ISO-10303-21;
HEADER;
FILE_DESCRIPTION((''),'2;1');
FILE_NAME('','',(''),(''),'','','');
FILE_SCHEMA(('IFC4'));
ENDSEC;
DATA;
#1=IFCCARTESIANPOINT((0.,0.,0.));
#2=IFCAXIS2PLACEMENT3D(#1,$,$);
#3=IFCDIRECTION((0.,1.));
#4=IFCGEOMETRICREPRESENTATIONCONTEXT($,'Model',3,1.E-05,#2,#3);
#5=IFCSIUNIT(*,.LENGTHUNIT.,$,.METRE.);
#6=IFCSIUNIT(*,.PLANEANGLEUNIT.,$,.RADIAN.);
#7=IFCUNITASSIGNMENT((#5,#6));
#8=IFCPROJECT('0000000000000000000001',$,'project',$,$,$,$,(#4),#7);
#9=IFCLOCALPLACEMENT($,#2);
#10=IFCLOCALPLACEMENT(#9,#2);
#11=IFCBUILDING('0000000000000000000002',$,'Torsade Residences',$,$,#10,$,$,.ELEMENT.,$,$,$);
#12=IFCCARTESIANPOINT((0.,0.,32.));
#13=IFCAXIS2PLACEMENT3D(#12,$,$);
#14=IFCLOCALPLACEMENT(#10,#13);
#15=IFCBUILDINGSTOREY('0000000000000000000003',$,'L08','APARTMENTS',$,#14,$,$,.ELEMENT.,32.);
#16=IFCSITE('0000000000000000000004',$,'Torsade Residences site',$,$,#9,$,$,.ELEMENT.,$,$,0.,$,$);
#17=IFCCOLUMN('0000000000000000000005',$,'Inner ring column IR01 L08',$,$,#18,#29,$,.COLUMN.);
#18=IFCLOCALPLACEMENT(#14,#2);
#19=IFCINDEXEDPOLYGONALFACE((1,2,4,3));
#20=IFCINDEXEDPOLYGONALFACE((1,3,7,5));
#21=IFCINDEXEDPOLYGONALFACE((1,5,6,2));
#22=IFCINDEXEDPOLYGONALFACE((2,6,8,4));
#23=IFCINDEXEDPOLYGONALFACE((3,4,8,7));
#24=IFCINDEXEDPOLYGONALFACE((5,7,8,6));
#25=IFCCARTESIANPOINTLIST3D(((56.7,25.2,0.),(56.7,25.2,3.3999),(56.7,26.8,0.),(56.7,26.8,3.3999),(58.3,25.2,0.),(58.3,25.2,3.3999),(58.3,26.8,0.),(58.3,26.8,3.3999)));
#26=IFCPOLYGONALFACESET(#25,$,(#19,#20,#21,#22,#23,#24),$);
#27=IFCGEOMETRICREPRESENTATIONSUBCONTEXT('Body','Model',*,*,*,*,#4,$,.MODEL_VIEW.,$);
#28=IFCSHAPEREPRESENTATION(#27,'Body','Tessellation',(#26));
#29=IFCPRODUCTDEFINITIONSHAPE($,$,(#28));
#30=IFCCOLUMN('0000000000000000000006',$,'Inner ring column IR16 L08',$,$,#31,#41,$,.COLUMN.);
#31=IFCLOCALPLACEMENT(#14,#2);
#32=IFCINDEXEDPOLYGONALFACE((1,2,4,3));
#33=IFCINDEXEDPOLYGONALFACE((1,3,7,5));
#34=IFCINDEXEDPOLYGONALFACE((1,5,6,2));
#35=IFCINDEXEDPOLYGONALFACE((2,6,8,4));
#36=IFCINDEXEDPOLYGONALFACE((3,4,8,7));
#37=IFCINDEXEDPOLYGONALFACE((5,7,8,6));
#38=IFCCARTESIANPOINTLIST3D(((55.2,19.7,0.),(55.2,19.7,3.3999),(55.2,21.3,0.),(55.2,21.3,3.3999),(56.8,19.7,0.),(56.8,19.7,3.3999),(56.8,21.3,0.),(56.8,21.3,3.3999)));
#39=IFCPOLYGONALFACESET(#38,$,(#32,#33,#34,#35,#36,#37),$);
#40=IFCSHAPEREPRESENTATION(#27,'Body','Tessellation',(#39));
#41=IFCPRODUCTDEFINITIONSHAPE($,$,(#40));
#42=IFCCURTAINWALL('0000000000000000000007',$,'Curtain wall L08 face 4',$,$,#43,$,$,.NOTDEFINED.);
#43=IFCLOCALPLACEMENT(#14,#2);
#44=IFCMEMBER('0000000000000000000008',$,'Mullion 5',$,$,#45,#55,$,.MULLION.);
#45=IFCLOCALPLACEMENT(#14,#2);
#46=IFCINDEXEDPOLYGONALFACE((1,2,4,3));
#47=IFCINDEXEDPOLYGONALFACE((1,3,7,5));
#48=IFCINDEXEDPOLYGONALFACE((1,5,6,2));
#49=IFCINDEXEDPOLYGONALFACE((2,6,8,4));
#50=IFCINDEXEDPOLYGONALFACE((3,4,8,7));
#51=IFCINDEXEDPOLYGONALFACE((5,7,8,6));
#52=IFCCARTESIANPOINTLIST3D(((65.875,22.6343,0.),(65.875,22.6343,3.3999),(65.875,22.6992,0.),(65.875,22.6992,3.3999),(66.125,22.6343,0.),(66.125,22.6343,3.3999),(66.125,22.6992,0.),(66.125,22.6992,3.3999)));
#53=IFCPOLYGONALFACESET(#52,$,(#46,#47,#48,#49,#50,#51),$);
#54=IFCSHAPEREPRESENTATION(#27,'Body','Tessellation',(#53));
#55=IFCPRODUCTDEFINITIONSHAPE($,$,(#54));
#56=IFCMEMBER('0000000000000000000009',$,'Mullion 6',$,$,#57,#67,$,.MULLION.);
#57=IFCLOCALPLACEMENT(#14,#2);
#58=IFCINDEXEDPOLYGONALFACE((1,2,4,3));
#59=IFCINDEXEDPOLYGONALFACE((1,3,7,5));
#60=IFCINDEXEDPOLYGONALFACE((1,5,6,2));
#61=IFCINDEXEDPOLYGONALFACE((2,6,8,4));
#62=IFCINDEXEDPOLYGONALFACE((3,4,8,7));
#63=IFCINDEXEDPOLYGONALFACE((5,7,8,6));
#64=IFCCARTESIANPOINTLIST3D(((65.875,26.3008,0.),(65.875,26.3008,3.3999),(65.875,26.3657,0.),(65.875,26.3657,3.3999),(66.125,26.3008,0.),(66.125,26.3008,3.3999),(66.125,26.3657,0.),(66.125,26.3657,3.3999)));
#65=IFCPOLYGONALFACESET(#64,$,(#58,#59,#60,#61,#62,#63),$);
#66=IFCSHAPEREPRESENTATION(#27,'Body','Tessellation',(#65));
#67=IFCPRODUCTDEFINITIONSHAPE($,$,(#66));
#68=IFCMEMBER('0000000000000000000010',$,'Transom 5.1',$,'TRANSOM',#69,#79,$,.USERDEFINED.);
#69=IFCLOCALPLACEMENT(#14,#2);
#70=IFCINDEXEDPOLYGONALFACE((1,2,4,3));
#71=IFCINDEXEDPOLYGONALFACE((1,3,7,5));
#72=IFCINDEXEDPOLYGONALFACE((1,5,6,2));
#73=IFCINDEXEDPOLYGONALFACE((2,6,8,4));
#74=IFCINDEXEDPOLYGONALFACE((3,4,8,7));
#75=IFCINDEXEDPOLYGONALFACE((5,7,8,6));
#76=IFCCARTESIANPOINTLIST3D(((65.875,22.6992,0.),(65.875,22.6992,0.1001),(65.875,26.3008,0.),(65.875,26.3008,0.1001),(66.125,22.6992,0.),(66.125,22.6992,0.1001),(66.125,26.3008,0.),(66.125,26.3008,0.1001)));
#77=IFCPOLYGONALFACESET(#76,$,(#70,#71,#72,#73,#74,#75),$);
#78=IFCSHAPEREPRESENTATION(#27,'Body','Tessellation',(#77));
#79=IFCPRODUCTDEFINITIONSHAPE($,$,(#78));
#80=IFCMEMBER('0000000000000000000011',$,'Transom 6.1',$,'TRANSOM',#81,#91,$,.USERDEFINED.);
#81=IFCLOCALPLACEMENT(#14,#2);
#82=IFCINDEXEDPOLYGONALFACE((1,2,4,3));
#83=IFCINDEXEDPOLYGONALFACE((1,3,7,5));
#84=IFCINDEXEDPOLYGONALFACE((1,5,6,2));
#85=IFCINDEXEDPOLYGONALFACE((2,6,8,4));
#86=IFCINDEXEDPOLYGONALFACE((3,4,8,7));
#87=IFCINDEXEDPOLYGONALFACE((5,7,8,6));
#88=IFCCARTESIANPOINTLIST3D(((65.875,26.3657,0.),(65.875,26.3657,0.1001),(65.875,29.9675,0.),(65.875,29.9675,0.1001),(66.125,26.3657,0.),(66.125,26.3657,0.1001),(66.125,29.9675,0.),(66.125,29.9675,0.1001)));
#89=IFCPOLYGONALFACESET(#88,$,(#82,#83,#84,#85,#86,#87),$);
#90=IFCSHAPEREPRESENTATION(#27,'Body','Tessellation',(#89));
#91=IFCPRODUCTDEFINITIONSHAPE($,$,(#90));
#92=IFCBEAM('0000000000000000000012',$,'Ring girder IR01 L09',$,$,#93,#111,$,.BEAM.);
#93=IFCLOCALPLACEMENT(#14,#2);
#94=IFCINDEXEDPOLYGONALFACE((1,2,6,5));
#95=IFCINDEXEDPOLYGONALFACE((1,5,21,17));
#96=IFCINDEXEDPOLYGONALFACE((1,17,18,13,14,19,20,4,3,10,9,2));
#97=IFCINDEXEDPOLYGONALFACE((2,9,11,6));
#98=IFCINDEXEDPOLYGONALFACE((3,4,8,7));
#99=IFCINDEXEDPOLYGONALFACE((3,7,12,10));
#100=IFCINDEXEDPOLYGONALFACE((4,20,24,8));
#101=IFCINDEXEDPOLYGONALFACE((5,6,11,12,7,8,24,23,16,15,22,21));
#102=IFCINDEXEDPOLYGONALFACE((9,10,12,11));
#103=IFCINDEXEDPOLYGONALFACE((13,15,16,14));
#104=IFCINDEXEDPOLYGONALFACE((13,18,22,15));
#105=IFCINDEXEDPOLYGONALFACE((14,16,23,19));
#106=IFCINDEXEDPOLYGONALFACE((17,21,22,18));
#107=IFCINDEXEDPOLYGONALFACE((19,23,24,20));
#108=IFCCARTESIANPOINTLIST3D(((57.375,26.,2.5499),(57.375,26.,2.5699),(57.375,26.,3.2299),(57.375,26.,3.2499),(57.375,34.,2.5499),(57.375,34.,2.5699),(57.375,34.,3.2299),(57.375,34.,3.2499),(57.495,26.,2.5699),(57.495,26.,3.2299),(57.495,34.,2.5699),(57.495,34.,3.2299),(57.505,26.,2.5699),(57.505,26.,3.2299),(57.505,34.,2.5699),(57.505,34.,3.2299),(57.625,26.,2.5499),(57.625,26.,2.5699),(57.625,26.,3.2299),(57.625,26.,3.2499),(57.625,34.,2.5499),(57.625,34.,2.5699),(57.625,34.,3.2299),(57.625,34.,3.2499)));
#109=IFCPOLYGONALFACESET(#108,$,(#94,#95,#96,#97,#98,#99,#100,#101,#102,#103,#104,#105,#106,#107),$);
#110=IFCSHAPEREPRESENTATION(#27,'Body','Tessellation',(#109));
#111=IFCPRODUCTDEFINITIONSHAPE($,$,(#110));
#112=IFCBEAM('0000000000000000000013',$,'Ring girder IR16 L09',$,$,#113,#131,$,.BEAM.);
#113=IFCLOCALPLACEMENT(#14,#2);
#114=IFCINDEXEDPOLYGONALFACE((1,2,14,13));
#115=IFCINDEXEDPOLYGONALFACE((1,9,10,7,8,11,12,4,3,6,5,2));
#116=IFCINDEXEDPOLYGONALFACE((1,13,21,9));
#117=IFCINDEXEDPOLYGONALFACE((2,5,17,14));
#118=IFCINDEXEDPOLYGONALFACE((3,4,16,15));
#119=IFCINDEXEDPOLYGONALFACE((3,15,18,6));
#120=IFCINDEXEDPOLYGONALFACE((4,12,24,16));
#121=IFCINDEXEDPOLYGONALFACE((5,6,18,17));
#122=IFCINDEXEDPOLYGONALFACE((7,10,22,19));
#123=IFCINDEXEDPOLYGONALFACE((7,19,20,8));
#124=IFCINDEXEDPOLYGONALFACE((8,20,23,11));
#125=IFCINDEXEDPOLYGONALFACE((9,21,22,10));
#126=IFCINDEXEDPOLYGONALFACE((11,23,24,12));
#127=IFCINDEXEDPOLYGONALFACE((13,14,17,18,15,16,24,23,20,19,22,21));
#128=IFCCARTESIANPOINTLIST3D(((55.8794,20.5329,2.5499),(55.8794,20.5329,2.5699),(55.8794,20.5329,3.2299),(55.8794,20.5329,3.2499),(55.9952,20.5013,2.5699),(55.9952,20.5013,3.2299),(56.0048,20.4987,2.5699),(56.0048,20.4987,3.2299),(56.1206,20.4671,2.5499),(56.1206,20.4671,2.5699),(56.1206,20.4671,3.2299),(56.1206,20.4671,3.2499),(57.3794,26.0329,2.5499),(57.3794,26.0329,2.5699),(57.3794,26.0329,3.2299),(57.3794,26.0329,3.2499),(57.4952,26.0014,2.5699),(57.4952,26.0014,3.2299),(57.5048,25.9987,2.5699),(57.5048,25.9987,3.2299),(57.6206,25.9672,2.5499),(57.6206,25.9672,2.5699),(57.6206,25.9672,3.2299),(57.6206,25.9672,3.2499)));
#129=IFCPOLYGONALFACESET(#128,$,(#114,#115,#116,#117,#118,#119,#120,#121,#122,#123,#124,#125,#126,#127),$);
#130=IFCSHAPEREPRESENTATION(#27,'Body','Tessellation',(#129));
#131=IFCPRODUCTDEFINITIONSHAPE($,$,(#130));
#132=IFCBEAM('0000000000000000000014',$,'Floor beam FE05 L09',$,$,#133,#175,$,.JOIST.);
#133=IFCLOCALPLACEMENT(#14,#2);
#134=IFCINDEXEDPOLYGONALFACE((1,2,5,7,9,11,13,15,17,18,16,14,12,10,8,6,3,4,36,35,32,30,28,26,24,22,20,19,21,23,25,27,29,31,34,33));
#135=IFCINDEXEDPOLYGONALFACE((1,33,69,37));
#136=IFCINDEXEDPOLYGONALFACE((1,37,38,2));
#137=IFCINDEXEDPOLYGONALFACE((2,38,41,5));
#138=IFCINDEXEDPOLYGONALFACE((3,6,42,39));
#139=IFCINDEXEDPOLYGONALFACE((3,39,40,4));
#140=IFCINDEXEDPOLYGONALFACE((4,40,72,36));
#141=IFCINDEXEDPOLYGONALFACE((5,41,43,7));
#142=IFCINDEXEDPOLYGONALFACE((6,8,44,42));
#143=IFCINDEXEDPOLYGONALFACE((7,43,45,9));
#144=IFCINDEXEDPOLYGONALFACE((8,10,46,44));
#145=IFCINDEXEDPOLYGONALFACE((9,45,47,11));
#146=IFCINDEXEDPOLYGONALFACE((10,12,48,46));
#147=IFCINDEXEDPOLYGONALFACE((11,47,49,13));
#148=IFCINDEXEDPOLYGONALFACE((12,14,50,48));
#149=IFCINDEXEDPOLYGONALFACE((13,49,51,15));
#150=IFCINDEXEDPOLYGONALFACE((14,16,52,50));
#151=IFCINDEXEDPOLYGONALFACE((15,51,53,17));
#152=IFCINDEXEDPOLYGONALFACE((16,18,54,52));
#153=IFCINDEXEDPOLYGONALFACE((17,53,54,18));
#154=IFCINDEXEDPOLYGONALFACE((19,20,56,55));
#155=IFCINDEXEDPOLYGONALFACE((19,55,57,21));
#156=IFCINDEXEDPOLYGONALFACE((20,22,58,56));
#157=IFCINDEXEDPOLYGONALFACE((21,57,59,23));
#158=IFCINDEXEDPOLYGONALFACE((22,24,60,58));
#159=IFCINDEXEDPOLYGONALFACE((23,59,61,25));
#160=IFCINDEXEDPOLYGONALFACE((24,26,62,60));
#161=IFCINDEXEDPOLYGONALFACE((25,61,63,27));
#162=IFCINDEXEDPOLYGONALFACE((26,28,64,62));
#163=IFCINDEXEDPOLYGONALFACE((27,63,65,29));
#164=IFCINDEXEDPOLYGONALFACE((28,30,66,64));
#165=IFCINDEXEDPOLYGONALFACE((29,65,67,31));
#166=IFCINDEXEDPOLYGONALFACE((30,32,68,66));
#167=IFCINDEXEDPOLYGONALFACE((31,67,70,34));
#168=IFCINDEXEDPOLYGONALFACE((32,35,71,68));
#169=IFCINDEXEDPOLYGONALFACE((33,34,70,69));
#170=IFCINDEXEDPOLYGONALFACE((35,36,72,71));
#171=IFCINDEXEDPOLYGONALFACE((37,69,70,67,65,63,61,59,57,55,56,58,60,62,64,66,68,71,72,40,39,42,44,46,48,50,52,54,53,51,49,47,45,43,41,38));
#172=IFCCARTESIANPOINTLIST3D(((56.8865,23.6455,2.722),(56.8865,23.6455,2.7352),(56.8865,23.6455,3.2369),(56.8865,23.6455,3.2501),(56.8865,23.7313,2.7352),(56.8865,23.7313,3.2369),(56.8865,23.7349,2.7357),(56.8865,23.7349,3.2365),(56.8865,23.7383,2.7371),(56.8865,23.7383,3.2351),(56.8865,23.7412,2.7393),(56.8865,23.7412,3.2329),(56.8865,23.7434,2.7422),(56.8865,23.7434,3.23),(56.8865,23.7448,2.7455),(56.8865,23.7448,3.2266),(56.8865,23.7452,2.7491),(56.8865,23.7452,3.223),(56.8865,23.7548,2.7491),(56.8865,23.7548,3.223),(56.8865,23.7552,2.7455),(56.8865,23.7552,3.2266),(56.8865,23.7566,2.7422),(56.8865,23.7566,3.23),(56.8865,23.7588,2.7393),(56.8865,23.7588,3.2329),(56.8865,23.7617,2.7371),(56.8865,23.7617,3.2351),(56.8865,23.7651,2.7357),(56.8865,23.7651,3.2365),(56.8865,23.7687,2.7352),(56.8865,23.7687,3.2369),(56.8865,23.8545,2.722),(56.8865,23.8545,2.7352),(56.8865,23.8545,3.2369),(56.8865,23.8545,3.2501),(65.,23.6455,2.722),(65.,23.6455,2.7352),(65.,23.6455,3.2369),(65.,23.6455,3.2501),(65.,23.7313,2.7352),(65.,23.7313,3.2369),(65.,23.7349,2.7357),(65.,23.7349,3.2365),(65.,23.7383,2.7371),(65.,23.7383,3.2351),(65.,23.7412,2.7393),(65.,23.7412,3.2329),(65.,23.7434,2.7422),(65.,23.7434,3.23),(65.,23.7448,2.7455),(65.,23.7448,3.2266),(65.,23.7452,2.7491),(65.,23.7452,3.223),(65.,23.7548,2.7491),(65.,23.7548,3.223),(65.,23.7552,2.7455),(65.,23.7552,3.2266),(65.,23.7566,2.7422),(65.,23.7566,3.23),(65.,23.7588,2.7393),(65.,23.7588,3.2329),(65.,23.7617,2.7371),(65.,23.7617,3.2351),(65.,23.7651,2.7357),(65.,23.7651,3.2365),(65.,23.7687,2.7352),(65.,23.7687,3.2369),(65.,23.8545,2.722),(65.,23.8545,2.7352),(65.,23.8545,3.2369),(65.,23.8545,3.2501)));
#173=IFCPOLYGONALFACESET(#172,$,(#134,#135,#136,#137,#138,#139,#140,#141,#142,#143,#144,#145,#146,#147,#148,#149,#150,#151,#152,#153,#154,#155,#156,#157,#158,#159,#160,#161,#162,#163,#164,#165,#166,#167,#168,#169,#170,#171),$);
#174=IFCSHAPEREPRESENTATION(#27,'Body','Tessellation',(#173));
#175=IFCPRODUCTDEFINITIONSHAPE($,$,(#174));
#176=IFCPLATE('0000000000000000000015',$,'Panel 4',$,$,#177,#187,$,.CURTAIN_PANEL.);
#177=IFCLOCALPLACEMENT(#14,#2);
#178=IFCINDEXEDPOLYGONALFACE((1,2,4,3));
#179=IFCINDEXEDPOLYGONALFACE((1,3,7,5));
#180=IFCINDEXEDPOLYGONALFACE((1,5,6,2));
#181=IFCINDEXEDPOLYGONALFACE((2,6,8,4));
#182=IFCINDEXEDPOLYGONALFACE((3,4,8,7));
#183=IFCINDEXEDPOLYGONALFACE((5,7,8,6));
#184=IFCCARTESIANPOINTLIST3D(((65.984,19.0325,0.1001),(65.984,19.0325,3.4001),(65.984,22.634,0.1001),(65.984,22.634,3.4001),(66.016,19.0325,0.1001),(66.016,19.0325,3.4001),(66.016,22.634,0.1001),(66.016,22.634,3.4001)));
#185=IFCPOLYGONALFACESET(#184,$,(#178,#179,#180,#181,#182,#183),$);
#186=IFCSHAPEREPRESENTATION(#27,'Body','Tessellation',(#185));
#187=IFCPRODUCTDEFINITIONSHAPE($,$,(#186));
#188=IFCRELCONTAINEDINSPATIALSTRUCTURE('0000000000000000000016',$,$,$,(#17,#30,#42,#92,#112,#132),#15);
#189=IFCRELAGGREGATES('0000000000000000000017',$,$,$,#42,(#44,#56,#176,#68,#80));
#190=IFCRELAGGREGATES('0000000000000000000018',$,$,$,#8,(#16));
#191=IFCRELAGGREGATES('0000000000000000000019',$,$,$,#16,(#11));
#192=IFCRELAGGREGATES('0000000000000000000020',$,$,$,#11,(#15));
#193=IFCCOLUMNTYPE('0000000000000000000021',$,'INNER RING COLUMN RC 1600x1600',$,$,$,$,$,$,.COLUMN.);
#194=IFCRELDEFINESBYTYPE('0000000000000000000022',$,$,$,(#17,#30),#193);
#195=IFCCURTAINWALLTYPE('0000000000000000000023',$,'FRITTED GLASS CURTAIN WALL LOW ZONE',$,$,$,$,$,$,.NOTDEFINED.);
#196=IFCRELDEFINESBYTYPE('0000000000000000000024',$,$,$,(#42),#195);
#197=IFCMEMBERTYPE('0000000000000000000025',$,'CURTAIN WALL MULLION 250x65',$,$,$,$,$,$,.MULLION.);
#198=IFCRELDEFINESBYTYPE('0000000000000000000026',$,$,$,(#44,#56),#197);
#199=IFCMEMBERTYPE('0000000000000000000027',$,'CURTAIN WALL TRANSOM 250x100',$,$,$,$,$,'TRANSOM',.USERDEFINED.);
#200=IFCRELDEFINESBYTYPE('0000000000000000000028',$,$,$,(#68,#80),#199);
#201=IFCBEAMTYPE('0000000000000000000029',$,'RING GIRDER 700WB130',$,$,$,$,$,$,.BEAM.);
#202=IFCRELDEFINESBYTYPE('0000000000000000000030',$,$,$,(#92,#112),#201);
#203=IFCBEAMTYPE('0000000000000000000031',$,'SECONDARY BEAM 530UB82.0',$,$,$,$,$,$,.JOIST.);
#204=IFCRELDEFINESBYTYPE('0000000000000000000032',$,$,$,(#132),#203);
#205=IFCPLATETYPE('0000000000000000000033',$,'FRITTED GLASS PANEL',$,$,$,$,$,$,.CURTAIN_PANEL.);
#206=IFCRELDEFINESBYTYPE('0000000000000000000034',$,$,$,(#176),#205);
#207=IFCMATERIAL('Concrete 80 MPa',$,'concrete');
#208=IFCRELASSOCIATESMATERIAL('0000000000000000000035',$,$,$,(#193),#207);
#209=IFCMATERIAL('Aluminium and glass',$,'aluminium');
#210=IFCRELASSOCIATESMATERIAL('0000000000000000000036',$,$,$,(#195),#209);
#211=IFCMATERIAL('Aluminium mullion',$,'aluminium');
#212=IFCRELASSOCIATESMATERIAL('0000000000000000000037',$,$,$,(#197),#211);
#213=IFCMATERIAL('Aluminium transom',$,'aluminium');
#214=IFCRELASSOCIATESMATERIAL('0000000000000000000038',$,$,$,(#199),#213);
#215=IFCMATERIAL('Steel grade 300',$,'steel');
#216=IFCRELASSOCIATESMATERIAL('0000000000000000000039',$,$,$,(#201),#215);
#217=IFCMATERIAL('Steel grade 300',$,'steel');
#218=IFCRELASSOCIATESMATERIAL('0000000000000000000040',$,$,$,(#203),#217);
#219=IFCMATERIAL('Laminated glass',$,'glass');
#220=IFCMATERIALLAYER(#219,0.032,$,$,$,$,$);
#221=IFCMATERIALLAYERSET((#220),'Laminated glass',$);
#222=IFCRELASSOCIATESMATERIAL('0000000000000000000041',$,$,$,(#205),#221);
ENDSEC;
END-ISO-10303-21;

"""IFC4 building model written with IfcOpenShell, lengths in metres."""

from ifc_helpers import new_model, si_unit, direction, frame, origin, origin_2d, place, context, subcontext, project, spatial, rectangle, i_section, extrude, material, layer, layer_set, material_profile, profile_set, type_object, element, aggregate, save


model = new_model("IFC4")

# Units and contexts
model_context = context("Model", 3, precision=1e-05, world=origin(), true_north=direction((0.0, 1.0)))
body_context = subcontext(model_context, "Body", "Model", "MODEL_VIEW")
ifc_project = project(units=[si_unit("LENGTHUNIT", "METRE"), si_unit("PLANEANGLEUNIT", "RADIAN")], contexts=[model_context])

# Site, building, storey
site_placement = place(None, origin())
site = spatial("IfcSite", under=ifc_project, at=site_placement, Name="Torsade Residences site", CompositionType="ELEMENT", RefElevation=0.0)
building_placement = place(site_placement, origin())
building = spatial("IfcBuilding", under=site, at=building_placement, Name="Torsade Residences", CompositionType="ELEMENT")
storey_placement = place(building_placement, frame((0.0, 0.0, 32.0)))
storey = spatial("IfcBuildingStorey", under=building, at=storey_placement, Name="L08", Description="APARTMENTS", CompositionType="ELEMENT", Elevation=32.0)

# Columns
ifc_material_1 = material(Name="Concrete 80 MPa", Category="concrete")
ifc_material_profile_1 = material_profile(ifc_material_1, rectangle(XDim=1.6001, YDim=1.6001, at=origin_2d()), Name="RC 1600x1600")
ifc_profile_set_1 = profile_set([ifc_material_profile_1], Name="Concrete 80 MPa")
column_type = type_object("IfcColumnType", Name="INNER RING COLUMN RC 1600x1600", PredefinedType="COLUMN", material=ifc_profile_set_1)
for number, where, z_axis, x_axis, name in (
    (1, (57.5, 26.0, 0.0), (0.0, 0.0, 1.0), (1.0, 0.0, 0.0), "Inner ring column IR01 L08"),
    (2, (56.0, 20.5, 0.0), (0.0, 0.0, 1.0), (1.0, 0.0, 0.0), "Inner ring column IR16 L08"),
):
    element("IfcColumn", number, at=place(storey_placement, frame(where, z_axis=z_axis, x_axis=x_axis)), inside=storey, type_object=column_type, Name=name, PredefinedType="COLUMN", context=body_context, shape_type="SweptSolid", body=[
        extrude(rectangle(XDim=1.6001, YDim=1.6001, at=origin_2d()), origin(), (0.0, 0.0, 1.0), 3.3999),
    ])

# Curtain wall, members
ifc_material_2 = material(Name="Aluminium and glass", Category="aluminium")
curtain_wall_type = type_object("IfcCurtainWallType", Name="FRITTED GLASS CURTAIN WALL LOW ZONE", PredefinedType="NOTDEFINED", material=ifc_material_2)
curtain_wall_placement = place(storey_placement, origin())
curtain_wall = element("IfcCurtainWall", 3, at=curtain_wall_placement, inside=storey, type_object=curtain_wall_type, Name="Curtain wall L08 face 4", PredefinedType="NOTDEFINED")
ifc_material_3 = material(Name="Aluminium mullion", Category="aluminium")
ifc_material_profile_2 = material_profile(ifc_material_3, rectangle(XDim=0.25, YDim=0.0649, at=origin_2d()), Name="CURTAIN WALL MULLION 250x65")
ifc_profile_set_2 = profile_set([ifc_material_profile_2], Name="Aluminium mullion")
member_type_1 = type_object("IfcMemberType", Name="CURTAIN WALL MULLION 250x65", PredefinedType="MULLION", material=ifc_profile_set_2)
member_1_placement = place(storey_placement, frame((66.0, 22.6667, 0.0), z_axis=(0.0, 0.0, 1.0), x_axis=(-1.0, 0.0, 0.0)))
member_1 = element("IfcMember", 4, at=member_1_placement, type_object=member_type_1, Name="Mullion 5", PredefinedType="MULLION", context=body_context, shape_type="SweptSolid", body=[
    extrude(rectangle(XDim=0.25, YDim=0.0649, at=origin_2d()), origin(), (0.0, 0.0, 1.0), 3.3999),
])
member_2_placement = place(storey_placement, frame((66.0, 26.3333, 0.0), z_axis=(0.0, 0.0, 1.0), x_axis=(-1.0, 0.0, 0.0)))
member_2 = element("IfcMember", 5, at=member_2_placement, type_object=member_type_1, Name="Mullion 6", PredefinedType="MULLION", context=body_context, shape_type="SweptSolid", body=[
    extrude(rectangle(XDim=0.25, YDim=0.0649, at=origin_2d()), origin(), (0.0, 0.0, 1.0), 3.3999),
])
ifc_material_4 = material(Name="Aluminium transom", Category="aluminium")
ifc_material_profile_3 = material_profile(ifc_material_4, rectangle(XDim=0.25, YDim=0.1001, at=origin_2d()), Name="CURTAIN WALL TRANSOM 250x100")
ifc_profile_set_3 = profile_set([ifc_material_profile_3], Name="Aluminium transom")
member_type_2 = type_object("IfcMemberType", Name="CURTAIN WALL TRANSOM 250x100", ElementType="TRANSOM", PredefinedType="USERDEFINED", material=ifc_profile_set_3)
member_3_placement = place(storey_placement, frame((66.0, 22.6992, 0.05), z_axis=(0.0, 1.0, 0.0), x_axis=(-1.0, 0.0, 0.0)))
member_3 = element("IfcMember", 6, at=member_3_placement, type_object=member_type_2, Name="Transom 5.1", ObjectType="TRANSOM", PredefinedType="USERDEFINED", context=body_context, shape_type="SweptSolid", body=[
    extrude(rectangle(XDim=0.25, YDim=0.1001, at=origin_2d()), origin(), (0.0, 0.0, 1.0), 3.6016),
])
member_4_placement = place(storey_placement, frame((66.0, 26.3657, 0.05), z_axis=(0.0, 1.0, 0.0), x_axis=(-1.0, 0.0, 0.0)))
member_4 = element("IfcMember", 7, at=member_4_placement, type_object=member_type_2, Name="Transom 6.1", ObjectType="TRANSOM", PredefinedType="USERDEFINED", context=body_context, shape_type="SweptSolid", body=[
    extrude(rectangle(XDim=0.25, YDim=0.1001, at=origin_2d()), origin(), (0.0, 0.0, 1.0), 3.6018),
])

# Beams
ifc_material_5 = material(Name="Steel grade 300", Category="steel")
ifc_material_profile_4 = material_profile(ifc_material_5, i_section(OverallWidth=0.25, OverallDepth=0.7, WebThickness=0.01, FlangeThickness=0.02, at=origin_2d()), Name="700WB130")
ifc_profile_set_4 = profile_set([ifc_material_profile_4], Name="Steel grade 300")
beam_type_1 = type_object("IfcBeamType", Name="RING GIRDER 700WB130", PredefinedType="BEAM", material=ifc_profile_set_4)
beam_1_placement = place(storey_placement, frame((57.5, 26.0, 2.8999), z_axis=(0.0, 1.0, 0.0), x_axis=(-1.0, 0.0, 0.0)))
element("IfcBeam", 8, at=beam_1_placement, inside=storey, type_object=beam_type_1, Name="Ring girder IR01 L09", PredefinedType="BEAM", context=body_context, shape_type="SweptSolid", body=[
    extrude(i_section(OverallWidth=0.25, OverallDepth=0.7, WebThickness=0.01, FlangeThickness=0.02, at=origin_2d()), origin(), (0.0, 0.0, 1.0), 8.0),
])
beam_2_placement = place(storey_placement, frame((56.0, 20.5, 2.8999), z_axis=(0.263117, 0.964764, 0.0), x_axis=(-0.964764, 0.263117, 0.0)))
element("IfcBeam", 9, at=beam_2_placement, inside=storey, type_object=beam_type_1, Name="Ring girder IR16 L09", PredefinedType="BEAM", context=body_context, shape_type="SweptSolid", body=[
    extrude(i_section(OverallWidth=0.25, OverallDepth=0.7, WebThickness=0.01, FlangeThickness=0.02, at=origin_2d()), origin(), (0.0, 0.0, 1.0), 5.7009),
])
ifc_material_6 = material(Name="Steel grade 300", Category="steel")
ifc_material_profile_5 = material_profile(ifc_material_6, i_section(OverallWidth=0.209, OverallDepth=0.5281, WebThickness=0.0095, FlangeThickness=0.0132, FilletRadius=0.0139, at=origin_2d()), Name="530UB82.0")
ifc_profile_set_5 = profile_set([ifc_material_profile_5], Name="Steel grade 300")
beam_type_2 = type_object("IfcBeamType", Name="SECONDARY BEAM 530UB82.0", PredefinedType="JOIST", material=ifc_profile_set_5)
beam_3_placement = place(storey_placement, frame((65.0, 23.75, 2.9861), z_axis=(-1.0, 0.0, 0.0), x_axis=(0.0, -1.0, 0.0)))
element("IfcBeam", 10, at=beam_3_placement, inside=storey, type_object=beam_type_2, Name="Floor beam FE05 L09", PredefinedType="JOIST", context=body_context, shape_type="SweptSolid", body=[
    extrude(i_section(OverallWidth=0.209, OverallDepth=0.5281, WebThickness=0.0095, FlangeThickness=0.0132, FilletRadius=0.0139, at=origin_2d()), origin(), (0.0, 0.0, 1.0), 8.1135),
])

# Plate
ifc_material_7 = material(Name="Laminated glass", Category="glass")
ifc_layer_1 = layer(ifc_material_7, 0.032)
ifc_layer_set_1 = layer_set([ifc_layer_1], Name="Laminated glass")
plate_type = type_object("IfcPlateType", Name="FRITTED GLASS PANEL", PredefinedType="CURTAIN_PANEL", material=ifc_layer_set_1)
plate_1_placement = place(storey_placement, frame((66.0, 20.8333, 0.1001), z_axis=(0.0, 0.0, 1.0), x_axis=(0.0, 1.0, 0.0)))
plate_1 = element("IfcPlate", 11, at=plate_1_placement, type_object=plate_type, Name="Panel 4", PredefinedType="CURTAIN_PANEL", context=body_context, shape_type="SweptSolid", body=[
    extrude(rectangle(XDim=3.6016, YDim=0.032, at=origin_2d()), origin(), (0.0, 0.0, 1.0), 3.3),
])
aggregate(curtain_wall, [member_1, member_2, plate_1, member_3, member_4])

save(model, "model.ifc")
